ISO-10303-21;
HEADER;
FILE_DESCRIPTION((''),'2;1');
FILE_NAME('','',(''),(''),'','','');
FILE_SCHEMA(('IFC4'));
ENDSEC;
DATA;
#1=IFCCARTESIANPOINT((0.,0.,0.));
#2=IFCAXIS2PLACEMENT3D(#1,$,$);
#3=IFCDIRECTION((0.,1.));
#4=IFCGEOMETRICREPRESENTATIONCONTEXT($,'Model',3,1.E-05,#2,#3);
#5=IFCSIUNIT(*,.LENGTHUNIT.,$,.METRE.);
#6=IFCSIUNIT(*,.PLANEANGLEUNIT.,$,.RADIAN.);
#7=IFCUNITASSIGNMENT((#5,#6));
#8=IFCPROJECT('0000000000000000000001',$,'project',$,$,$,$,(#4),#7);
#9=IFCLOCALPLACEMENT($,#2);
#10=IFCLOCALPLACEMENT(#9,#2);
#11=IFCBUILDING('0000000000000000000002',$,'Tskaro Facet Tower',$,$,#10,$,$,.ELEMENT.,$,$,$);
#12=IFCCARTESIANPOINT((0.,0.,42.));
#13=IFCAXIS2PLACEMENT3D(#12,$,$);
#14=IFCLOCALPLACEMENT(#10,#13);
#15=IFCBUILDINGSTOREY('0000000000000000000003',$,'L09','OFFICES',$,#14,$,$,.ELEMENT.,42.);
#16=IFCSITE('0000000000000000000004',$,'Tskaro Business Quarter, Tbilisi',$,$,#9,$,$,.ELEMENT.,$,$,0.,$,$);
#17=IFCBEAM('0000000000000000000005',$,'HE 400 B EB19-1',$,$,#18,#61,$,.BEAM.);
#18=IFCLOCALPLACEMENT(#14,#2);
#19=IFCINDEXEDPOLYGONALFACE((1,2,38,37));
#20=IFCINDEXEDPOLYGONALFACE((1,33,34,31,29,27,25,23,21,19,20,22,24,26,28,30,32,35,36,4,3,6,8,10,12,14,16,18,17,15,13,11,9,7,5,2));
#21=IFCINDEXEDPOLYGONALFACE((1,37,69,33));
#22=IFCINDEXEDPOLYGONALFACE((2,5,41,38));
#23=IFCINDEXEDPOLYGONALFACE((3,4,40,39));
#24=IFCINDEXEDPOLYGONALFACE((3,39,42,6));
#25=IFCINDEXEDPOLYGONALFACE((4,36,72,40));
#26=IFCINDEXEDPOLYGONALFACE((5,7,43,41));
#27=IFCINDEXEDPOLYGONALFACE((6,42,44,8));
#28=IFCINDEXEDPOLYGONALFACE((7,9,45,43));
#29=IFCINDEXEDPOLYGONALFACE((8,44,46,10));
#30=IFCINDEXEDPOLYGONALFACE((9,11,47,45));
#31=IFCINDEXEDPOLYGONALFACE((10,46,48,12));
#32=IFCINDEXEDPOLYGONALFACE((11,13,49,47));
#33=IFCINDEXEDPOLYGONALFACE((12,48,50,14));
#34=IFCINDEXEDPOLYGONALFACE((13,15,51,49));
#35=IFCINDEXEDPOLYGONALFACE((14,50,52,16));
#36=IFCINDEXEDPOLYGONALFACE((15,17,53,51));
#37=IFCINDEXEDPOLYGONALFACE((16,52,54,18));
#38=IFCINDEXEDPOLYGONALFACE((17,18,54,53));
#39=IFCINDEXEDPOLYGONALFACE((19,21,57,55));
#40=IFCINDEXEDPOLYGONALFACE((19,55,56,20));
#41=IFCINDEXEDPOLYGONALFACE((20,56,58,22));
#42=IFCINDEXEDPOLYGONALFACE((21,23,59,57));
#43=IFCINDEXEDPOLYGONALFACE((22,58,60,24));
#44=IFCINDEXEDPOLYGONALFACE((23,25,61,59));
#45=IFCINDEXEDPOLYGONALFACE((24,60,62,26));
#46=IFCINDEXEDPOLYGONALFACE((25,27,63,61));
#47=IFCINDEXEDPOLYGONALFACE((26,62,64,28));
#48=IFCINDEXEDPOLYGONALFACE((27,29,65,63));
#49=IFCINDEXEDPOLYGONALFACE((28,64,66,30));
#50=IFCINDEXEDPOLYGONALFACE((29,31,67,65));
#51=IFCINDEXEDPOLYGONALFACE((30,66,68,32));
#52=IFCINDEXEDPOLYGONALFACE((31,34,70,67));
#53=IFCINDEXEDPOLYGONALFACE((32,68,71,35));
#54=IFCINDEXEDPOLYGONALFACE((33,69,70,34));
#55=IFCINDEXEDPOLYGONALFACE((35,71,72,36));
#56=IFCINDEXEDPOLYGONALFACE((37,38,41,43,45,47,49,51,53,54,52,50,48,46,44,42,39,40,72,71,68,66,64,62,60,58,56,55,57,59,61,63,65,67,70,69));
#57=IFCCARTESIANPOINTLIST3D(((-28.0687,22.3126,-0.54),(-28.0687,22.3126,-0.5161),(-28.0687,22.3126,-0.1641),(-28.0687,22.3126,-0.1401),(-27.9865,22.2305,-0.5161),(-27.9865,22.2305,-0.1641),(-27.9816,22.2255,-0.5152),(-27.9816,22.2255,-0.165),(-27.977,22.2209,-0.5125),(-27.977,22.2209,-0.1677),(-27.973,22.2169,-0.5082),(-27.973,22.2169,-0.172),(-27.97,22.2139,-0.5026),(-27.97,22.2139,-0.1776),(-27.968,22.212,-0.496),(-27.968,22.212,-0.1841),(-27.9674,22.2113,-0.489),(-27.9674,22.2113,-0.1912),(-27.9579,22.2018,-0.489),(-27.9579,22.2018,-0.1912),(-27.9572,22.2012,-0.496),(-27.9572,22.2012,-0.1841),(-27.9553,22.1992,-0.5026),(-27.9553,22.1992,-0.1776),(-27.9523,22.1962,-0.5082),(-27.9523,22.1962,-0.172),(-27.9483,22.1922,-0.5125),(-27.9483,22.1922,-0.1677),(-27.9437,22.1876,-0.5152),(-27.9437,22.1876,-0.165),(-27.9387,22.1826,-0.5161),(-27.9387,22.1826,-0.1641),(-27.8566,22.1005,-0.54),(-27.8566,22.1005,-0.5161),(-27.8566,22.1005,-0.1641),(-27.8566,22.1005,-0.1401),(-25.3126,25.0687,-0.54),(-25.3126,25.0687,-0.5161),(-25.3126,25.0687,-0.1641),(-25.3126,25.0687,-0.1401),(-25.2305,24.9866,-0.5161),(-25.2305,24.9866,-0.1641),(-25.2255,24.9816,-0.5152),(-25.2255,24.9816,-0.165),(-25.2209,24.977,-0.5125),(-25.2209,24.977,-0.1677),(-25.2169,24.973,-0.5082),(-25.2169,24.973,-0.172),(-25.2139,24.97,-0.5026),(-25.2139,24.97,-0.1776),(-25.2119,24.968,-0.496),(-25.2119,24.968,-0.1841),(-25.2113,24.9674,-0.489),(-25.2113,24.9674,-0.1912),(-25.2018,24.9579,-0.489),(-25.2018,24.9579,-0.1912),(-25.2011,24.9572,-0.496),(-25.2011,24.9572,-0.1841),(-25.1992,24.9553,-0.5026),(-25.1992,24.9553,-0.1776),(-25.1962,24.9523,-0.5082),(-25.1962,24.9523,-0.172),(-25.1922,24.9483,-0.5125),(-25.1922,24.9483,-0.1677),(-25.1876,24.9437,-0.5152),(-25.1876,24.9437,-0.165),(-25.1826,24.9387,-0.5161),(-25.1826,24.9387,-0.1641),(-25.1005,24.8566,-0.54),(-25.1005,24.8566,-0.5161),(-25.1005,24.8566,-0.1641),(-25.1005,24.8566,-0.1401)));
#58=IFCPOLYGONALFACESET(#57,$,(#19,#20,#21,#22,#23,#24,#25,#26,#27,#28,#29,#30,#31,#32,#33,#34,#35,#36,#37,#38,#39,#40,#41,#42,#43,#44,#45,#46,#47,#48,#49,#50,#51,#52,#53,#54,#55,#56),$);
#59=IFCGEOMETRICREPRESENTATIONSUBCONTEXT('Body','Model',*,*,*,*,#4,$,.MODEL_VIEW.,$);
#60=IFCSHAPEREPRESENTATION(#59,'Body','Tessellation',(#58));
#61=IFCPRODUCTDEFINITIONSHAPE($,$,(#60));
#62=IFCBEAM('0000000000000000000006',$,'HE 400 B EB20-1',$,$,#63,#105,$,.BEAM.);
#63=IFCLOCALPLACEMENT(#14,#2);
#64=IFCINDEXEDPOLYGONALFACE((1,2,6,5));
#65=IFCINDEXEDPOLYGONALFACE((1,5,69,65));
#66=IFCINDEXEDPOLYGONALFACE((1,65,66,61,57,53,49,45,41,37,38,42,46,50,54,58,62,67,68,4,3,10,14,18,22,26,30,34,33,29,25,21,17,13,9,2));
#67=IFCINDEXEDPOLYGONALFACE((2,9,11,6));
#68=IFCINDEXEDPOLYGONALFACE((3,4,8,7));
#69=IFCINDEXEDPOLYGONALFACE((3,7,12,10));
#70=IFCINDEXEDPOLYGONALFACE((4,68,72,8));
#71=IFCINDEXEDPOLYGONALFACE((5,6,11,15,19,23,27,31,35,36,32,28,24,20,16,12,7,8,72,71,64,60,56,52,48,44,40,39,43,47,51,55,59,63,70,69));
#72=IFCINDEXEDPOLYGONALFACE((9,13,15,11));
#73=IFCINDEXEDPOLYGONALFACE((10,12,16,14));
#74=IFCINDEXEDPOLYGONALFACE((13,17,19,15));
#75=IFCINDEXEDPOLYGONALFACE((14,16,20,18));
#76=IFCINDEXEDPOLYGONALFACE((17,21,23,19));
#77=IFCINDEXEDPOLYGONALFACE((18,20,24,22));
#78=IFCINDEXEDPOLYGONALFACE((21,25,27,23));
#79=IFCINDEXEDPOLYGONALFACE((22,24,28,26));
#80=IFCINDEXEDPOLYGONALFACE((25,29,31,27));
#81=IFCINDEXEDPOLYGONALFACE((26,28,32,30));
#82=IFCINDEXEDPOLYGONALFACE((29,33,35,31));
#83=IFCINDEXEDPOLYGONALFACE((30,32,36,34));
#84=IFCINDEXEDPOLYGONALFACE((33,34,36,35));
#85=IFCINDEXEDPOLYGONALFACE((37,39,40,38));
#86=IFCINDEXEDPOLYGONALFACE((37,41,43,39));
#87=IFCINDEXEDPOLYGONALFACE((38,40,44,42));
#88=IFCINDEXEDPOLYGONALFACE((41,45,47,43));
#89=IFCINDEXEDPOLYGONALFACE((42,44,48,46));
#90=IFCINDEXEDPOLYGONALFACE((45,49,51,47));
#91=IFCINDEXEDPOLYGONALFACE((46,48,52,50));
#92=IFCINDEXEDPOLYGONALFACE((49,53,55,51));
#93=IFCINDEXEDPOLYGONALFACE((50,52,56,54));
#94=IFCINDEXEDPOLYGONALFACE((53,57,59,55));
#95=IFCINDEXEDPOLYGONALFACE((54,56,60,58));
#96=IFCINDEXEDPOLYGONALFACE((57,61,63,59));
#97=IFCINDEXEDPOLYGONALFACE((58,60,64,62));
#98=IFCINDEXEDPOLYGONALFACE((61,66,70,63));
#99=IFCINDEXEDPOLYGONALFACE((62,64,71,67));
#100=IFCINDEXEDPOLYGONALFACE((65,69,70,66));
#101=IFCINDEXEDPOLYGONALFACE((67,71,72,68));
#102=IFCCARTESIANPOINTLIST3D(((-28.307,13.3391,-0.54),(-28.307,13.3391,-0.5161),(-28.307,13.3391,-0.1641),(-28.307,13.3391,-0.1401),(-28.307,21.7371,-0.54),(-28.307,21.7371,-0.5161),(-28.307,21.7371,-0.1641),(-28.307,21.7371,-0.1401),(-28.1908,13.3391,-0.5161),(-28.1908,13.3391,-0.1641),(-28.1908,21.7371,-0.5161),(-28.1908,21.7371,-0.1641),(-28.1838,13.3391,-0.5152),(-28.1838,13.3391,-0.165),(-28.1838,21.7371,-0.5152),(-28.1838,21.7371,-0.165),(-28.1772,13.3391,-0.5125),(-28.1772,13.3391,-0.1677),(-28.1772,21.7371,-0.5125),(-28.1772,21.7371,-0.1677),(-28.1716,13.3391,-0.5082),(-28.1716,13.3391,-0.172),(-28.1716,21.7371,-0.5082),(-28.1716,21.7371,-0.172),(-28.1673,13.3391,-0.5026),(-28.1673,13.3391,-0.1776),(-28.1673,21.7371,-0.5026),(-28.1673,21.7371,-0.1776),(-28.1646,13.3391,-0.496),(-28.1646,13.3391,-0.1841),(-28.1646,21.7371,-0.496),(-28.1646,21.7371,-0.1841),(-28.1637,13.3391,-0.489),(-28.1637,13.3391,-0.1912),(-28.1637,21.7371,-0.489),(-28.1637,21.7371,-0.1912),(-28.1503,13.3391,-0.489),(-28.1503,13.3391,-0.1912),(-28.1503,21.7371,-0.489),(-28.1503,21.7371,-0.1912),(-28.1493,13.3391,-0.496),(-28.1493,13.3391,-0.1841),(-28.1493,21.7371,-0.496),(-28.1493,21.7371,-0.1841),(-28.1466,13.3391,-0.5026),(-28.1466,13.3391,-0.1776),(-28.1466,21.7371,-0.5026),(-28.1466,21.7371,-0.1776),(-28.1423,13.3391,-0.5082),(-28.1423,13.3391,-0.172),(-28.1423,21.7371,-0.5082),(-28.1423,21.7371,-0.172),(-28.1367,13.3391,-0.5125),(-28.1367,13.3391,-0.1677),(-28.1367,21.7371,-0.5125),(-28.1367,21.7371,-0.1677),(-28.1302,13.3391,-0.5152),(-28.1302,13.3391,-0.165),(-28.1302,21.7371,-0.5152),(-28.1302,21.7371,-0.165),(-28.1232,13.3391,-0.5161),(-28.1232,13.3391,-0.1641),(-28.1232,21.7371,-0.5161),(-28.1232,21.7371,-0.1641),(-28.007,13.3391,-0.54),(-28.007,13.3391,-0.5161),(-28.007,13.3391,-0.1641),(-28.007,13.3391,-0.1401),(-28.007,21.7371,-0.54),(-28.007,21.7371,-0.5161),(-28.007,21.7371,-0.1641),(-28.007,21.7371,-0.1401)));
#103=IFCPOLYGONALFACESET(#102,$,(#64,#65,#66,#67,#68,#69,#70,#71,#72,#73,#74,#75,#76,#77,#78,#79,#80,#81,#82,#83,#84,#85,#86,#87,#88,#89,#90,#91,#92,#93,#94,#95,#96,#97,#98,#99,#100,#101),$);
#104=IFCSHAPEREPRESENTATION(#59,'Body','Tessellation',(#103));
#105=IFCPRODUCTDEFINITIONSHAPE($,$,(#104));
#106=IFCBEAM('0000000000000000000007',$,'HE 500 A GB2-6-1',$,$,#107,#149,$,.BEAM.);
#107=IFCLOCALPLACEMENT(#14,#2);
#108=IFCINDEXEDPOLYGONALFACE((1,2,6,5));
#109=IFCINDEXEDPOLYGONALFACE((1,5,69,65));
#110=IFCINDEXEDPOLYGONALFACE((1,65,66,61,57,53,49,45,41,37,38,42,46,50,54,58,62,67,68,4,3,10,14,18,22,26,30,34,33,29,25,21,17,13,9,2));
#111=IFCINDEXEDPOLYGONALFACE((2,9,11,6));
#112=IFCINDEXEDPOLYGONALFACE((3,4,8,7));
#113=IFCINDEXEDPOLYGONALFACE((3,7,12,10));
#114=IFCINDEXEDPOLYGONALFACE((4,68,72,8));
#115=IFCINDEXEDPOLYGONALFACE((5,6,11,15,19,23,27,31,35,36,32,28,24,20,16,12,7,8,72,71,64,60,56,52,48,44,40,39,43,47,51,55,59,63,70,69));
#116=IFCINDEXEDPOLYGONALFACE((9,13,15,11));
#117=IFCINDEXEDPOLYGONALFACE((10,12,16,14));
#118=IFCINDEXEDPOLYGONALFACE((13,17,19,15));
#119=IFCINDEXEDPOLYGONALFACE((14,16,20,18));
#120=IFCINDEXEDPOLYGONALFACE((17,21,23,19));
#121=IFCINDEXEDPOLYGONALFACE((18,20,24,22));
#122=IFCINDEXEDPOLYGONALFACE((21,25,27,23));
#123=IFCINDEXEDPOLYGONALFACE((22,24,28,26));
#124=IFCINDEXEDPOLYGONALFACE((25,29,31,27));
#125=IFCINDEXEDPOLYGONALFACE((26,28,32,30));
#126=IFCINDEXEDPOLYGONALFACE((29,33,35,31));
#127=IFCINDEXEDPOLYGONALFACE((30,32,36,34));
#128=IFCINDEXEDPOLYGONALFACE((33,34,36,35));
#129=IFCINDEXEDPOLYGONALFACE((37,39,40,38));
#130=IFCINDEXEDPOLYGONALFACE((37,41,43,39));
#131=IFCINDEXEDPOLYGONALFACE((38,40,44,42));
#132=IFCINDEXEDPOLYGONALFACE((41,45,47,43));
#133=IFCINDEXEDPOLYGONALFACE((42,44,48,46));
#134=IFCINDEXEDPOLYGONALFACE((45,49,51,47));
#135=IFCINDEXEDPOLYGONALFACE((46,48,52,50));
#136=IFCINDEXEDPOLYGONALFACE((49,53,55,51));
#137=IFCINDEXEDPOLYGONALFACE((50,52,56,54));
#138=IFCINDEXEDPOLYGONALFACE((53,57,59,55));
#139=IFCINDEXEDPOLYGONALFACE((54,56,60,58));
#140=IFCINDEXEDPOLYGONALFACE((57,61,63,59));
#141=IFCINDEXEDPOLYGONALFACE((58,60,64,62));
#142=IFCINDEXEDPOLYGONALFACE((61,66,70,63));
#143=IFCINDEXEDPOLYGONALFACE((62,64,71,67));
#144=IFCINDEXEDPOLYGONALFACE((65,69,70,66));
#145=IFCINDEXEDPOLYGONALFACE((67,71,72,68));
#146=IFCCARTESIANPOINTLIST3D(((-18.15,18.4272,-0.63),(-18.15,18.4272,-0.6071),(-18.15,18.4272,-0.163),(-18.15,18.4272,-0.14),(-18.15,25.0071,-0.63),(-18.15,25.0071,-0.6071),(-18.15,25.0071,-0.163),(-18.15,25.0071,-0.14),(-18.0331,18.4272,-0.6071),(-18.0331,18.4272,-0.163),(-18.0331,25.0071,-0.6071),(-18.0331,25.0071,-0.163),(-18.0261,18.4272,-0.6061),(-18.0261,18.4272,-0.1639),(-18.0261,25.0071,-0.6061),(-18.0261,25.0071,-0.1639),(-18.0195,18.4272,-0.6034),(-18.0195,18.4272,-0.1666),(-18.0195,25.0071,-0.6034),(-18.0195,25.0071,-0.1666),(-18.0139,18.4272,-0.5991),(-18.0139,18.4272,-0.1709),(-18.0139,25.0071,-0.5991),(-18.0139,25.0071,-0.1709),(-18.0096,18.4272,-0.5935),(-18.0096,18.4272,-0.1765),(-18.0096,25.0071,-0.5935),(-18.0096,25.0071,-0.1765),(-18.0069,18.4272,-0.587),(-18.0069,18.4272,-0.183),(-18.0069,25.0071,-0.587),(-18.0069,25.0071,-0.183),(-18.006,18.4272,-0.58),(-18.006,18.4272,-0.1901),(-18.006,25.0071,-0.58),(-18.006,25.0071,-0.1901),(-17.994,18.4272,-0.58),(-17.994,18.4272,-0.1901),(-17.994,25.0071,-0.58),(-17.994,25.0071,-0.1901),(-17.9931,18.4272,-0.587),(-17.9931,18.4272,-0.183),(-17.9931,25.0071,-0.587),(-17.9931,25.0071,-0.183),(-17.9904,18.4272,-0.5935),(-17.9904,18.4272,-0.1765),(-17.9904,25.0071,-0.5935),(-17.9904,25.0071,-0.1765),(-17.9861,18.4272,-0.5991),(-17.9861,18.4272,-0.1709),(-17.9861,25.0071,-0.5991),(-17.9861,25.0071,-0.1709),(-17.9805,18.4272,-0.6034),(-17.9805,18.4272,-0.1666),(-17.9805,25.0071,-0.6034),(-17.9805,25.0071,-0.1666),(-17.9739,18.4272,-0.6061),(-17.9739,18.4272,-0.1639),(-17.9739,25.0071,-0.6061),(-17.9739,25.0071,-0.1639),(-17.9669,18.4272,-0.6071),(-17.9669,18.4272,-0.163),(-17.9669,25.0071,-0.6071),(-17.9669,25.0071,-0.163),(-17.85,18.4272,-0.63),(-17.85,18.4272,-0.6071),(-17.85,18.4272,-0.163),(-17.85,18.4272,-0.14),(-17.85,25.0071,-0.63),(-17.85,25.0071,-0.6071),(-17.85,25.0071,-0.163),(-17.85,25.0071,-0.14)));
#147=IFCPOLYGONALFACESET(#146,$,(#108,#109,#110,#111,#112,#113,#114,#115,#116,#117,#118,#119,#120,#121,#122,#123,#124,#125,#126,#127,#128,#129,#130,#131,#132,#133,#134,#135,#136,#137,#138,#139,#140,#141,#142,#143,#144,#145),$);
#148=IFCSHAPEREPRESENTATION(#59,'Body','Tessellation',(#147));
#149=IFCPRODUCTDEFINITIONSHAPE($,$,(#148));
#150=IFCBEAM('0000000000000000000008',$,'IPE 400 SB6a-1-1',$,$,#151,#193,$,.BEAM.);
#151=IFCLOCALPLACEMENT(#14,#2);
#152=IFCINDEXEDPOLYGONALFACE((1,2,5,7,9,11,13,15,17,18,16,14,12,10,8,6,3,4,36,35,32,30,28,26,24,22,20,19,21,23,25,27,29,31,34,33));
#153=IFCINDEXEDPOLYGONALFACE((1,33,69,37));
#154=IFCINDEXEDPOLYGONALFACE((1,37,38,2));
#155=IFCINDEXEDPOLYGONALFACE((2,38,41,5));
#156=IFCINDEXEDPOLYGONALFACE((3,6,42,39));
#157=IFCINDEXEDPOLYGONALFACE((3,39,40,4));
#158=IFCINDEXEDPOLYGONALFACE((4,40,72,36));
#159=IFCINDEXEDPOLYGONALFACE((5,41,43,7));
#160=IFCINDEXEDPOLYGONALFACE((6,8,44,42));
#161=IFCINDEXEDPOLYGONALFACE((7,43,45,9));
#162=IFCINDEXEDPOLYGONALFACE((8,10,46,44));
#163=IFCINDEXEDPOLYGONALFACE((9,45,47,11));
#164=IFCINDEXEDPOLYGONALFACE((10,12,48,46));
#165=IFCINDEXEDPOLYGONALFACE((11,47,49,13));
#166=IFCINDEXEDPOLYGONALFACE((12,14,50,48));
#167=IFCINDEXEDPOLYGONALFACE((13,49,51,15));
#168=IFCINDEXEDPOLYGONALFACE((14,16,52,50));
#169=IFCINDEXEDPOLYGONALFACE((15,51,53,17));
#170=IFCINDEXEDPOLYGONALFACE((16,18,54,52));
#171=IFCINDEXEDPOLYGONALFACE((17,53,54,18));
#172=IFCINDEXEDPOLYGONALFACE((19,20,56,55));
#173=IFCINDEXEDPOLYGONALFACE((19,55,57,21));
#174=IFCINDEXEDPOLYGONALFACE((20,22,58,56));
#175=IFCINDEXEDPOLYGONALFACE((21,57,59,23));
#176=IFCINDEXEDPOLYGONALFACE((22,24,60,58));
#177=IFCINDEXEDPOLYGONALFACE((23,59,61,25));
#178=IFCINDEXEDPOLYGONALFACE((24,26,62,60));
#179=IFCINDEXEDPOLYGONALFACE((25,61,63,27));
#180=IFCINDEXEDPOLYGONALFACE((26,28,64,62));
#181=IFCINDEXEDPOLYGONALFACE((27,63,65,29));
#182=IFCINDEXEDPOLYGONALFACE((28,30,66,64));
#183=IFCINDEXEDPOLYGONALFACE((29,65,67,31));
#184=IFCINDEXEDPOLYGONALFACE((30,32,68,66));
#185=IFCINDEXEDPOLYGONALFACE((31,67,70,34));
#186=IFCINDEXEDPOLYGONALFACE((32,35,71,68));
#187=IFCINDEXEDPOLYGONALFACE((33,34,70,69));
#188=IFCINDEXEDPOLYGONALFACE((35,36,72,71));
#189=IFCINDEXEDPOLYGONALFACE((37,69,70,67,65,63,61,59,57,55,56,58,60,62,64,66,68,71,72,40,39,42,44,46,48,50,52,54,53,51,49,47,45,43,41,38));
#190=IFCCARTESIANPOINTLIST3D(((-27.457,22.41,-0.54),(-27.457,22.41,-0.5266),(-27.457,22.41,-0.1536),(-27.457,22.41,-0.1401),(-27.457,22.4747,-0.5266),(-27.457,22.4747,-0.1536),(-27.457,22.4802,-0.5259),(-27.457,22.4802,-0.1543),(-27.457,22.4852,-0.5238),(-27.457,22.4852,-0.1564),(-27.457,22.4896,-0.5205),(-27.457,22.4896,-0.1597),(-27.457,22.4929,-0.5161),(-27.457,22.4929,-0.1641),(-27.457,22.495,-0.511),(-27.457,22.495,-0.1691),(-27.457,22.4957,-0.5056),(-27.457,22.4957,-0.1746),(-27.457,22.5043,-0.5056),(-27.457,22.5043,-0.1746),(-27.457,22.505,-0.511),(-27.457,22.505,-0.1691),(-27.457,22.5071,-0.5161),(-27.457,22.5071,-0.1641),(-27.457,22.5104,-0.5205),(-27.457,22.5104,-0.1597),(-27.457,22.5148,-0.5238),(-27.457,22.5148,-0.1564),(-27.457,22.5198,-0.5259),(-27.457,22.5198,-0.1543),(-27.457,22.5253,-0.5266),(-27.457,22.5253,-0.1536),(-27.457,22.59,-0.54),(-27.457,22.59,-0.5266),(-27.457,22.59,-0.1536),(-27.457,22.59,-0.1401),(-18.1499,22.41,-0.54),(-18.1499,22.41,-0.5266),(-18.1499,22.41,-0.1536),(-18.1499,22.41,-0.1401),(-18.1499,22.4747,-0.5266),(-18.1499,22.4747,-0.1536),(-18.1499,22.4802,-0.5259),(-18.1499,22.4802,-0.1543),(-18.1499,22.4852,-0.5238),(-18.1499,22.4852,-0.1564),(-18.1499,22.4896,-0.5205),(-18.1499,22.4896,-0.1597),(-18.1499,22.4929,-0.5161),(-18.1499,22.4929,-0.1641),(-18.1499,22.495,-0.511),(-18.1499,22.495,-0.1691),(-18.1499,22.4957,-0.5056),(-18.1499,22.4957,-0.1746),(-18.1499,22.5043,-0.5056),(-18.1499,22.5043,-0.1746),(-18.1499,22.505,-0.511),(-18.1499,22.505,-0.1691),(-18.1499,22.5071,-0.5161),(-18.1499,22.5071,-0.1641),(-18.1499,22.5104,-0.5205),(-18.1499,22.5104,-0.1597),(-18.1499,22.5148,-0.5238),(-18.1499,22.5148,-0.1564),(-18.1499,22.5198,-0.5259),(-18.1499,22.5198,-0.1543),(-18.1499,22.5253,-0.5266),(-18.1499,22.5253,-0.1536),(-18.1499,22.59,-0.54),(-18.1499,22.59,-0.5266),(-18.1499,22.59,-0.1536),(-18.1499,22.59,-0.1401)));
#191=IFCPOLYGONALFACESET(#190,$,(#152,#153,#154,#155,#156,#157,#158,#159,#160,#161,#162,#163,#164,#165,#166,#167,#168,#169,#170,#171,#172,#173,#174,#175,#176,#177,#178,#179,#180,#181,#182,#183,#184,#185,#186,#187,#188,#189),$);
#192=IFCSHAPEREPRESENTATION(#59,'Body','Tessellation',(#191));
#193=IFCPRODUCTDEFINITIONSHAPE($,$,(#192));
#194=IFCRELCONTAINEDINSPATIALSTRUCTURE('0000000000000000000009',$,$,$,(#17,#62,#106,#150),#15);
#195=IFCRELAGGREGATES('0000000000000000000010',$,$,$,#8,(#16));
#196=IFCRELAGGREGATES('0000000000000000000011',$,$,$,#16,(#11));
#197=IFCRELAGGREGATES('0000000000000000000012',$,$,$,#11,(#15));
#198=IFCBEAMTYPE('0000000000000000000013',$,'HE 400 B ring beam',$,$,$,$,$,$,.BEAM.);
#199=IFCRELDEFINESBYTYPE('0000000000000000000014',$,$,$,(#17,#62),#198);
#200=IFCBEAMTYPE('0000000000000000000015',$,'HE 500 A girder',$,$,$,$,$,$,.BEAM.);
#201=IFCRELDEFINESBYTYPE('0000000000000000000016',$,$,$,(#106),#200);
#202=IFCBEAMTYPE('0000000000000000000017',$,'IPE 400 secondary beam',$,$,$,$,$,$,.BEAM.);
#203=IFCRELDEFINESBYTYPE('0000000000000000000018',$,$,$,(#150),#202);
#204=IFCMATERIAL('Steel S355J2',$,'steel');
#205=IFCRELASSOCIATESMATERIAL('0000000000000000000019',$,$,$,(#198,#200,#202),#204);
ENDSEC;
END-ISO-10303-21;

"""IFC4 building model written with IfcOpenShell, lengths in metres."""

from ifc_helpers import new_model, si_unit, direction, frame, origin, origin_2d, place, context, subcontext, project, spatial, i_section, extrude, material, material_profile, profile_set, type_object, element, save


model = new_model("IFC4")

# Units and contexts
model_context = context("Model", 3, precision=1e-05, world=origin(), true_north=direction((0.0, 1.0)))
body_context = subcontext(model_context, "Body", "Model", "MODEL_VIEW")
ifc_project = project(units=[si_unit("LENGTHUNIT", "METRE"), si_unit("PLANEANGLEUNIT", "RADIAN")], contexts=[model_context])

# Site, building, storey
site_placement = place(None, origin())
site = spatial("IfcSite", under=ifc_project, at=site_placement, Name="Tskaro Business Quarter, Tbilisi", CompositionType="ELEMENT", RefElevation=0.0)
building_placement = place(site_placement, origin())
building = spatial("IfcBuilding", under=site, at=building_placement, Name="Tskaro Facet Tower", CompositionType="ELEMENT")
storey_placement = place(building_placement, frame((0.0, 0.0, 42.0)))
storey = spatial("IfcBuildingStorey", under=building, at=storey_placement, Name="L09", Description="OFFICES", CompositionType="ELEMENT", Elevation=42.0)

# Beams
ifc_material_1 = material(Name="Steel S355J2", Category="steel")
ifc_material_profile_1 = material_profile(ifc_material_1, i_section(OverallWidth=0.3, OverallDepth=0.3999, WebThickness=0.0134, FlangeThickness=0.0239, FilletRadius=0.0271, at=origin_2d()), Name="HE 400 B")
ifc_profile_set_1 = profile_set([ifc_material_profile_1], Name="Steel S355J2")
beam_type_1 = type_object("IfcBeamType", Name="HE 400 B ring beam", PredefinedType="BEAM", material=ifc_profile_set_1)
beam_1_placement = place(storey_placement, frame((-25.2065, 24.9626, -0.3401), z_axis=(-0.707107, -0.707107, 0.0), x_axis=(0.707107, -0.707107, 0.0)))
element("IfcBeam", 1, at=beam_1_placement, inside=storey, type_object=beam_type_1, Name="HE 400 B EB19-1", PredefinedType="BEAM", context=body_context, shape_type="SweptSolid", body=[
    extrude(i_section(OverallWidth=0.3, OverallDepth=0.3999, WebThickness=0.0134, FlangeThickness=0.0239, FilletRadius=0.0271, at=origin_2d()), origin(), (0.0, 0.0, 1.0), 3.8977),
])
beam_2_placement = place(storey_placement, frame((-28.157, 21.7371, -0.3401), z_axis=(0.0, -1.0, 0.0), x_axis=(1.0, 0.0, 0.0)))
element("IfcBeam", 2, at=beam_2_placement, inside=storey, type_object=beam_type_1, Name="HE 400 B EB20-1", PredefinedType="BEAM", context=body_context, shape_type="SweptSolid", body=[
    extrude(i_section(OverallWidth=0.3, OverallDepth=0.3999, WebThickness=0.0134, FlangeThickness=0.0239, FilletRadius=0.0271, at=origin_2d()), origin(), (0.0, 0.0, 1.0), 8.3979),
])
ifc_material_profile_2 = material_profile(ifc_material_1, i_section(OverallWidth=0.3, OverallDepth=0.49, WebThickness=0.012, FlangeThickness=0.0229, FilletRadius=0.0271, at=origin_2d()), Name="HE 500 A")
ifc_profile_set_2 = profile_set([ifc_material_profile_2], Name="Steel S355J2")
beam_type_2 = type_object("IfcBeamType", Name="HE 500 A girder", PredefinedType="BEAM", material=ifc_profile_set_2)
beam_3_placement = place(storey_placement, frame((-18.0, 18.4272, -0.385), z_axis=(0.0, 1.0, 0.0), x_axis=(-1.0, 0.0, 0.0)))
element("IfcBeam", 3, at=beam_3_placement, inside=storey, type_object=beam_type_2, Name="HE 500 A GB2-6-1", PredefinedType="BEAM", context=body_context, shape_type="SweptSolid", body=[
    extrude(i_section(OverallWidth=0.3, OverallDepth=0.49, WebThickness=0.012, FlangeThickness=0.0229, FilletRadius=0.0271, at=origin_2d()), origin(), (0.0, 0.0, 1.0), 6.5798),
])
ifc_material_profile_3 = material_profile(ifc_material_1, i_section(OverallWidth=0.1799, OverallDepth=0.3999, WebThickness=0.0085, FlangeThickness=0.0134, FilletRadius=0.021, at=origin_2d()), Name="IPE 400")
ifc_profile_set_3 = profile_set([ifc_material_profile_3], Name="Steel S355J2")
beam_type_3 = type_object("IfcBeamType", Name="IPE 400 secondary beam", PredefinedType="BEAM", material=ifc_profile_set_3)
beam_4_placement = place(storey_placement, frame((-27.457, 22.5, -0.3401), z_axis=(1.0, 0.0, 0.0), x_axis=(0.0, 1.0, 0.0)))
element("IfcBeam", 4, at=beam_4_placement, inside=storey, type_object=beam_type_3, Name="IPE 400 SB6a-1-1", PredefinedType="BEAM", context=body_context, shape_type="SweptSolid", body=[
    extrude(i_section(OverallWidth=0.1799, OverallDepth=0.3999, WebThickness=0.0085, FlangeThickness=0.0134, FilletRadius=0.021, at=origin_2d()), origin(), (0.0, 0.0, 1.0), 9.3071),
])

save(model, "model.ifc")
